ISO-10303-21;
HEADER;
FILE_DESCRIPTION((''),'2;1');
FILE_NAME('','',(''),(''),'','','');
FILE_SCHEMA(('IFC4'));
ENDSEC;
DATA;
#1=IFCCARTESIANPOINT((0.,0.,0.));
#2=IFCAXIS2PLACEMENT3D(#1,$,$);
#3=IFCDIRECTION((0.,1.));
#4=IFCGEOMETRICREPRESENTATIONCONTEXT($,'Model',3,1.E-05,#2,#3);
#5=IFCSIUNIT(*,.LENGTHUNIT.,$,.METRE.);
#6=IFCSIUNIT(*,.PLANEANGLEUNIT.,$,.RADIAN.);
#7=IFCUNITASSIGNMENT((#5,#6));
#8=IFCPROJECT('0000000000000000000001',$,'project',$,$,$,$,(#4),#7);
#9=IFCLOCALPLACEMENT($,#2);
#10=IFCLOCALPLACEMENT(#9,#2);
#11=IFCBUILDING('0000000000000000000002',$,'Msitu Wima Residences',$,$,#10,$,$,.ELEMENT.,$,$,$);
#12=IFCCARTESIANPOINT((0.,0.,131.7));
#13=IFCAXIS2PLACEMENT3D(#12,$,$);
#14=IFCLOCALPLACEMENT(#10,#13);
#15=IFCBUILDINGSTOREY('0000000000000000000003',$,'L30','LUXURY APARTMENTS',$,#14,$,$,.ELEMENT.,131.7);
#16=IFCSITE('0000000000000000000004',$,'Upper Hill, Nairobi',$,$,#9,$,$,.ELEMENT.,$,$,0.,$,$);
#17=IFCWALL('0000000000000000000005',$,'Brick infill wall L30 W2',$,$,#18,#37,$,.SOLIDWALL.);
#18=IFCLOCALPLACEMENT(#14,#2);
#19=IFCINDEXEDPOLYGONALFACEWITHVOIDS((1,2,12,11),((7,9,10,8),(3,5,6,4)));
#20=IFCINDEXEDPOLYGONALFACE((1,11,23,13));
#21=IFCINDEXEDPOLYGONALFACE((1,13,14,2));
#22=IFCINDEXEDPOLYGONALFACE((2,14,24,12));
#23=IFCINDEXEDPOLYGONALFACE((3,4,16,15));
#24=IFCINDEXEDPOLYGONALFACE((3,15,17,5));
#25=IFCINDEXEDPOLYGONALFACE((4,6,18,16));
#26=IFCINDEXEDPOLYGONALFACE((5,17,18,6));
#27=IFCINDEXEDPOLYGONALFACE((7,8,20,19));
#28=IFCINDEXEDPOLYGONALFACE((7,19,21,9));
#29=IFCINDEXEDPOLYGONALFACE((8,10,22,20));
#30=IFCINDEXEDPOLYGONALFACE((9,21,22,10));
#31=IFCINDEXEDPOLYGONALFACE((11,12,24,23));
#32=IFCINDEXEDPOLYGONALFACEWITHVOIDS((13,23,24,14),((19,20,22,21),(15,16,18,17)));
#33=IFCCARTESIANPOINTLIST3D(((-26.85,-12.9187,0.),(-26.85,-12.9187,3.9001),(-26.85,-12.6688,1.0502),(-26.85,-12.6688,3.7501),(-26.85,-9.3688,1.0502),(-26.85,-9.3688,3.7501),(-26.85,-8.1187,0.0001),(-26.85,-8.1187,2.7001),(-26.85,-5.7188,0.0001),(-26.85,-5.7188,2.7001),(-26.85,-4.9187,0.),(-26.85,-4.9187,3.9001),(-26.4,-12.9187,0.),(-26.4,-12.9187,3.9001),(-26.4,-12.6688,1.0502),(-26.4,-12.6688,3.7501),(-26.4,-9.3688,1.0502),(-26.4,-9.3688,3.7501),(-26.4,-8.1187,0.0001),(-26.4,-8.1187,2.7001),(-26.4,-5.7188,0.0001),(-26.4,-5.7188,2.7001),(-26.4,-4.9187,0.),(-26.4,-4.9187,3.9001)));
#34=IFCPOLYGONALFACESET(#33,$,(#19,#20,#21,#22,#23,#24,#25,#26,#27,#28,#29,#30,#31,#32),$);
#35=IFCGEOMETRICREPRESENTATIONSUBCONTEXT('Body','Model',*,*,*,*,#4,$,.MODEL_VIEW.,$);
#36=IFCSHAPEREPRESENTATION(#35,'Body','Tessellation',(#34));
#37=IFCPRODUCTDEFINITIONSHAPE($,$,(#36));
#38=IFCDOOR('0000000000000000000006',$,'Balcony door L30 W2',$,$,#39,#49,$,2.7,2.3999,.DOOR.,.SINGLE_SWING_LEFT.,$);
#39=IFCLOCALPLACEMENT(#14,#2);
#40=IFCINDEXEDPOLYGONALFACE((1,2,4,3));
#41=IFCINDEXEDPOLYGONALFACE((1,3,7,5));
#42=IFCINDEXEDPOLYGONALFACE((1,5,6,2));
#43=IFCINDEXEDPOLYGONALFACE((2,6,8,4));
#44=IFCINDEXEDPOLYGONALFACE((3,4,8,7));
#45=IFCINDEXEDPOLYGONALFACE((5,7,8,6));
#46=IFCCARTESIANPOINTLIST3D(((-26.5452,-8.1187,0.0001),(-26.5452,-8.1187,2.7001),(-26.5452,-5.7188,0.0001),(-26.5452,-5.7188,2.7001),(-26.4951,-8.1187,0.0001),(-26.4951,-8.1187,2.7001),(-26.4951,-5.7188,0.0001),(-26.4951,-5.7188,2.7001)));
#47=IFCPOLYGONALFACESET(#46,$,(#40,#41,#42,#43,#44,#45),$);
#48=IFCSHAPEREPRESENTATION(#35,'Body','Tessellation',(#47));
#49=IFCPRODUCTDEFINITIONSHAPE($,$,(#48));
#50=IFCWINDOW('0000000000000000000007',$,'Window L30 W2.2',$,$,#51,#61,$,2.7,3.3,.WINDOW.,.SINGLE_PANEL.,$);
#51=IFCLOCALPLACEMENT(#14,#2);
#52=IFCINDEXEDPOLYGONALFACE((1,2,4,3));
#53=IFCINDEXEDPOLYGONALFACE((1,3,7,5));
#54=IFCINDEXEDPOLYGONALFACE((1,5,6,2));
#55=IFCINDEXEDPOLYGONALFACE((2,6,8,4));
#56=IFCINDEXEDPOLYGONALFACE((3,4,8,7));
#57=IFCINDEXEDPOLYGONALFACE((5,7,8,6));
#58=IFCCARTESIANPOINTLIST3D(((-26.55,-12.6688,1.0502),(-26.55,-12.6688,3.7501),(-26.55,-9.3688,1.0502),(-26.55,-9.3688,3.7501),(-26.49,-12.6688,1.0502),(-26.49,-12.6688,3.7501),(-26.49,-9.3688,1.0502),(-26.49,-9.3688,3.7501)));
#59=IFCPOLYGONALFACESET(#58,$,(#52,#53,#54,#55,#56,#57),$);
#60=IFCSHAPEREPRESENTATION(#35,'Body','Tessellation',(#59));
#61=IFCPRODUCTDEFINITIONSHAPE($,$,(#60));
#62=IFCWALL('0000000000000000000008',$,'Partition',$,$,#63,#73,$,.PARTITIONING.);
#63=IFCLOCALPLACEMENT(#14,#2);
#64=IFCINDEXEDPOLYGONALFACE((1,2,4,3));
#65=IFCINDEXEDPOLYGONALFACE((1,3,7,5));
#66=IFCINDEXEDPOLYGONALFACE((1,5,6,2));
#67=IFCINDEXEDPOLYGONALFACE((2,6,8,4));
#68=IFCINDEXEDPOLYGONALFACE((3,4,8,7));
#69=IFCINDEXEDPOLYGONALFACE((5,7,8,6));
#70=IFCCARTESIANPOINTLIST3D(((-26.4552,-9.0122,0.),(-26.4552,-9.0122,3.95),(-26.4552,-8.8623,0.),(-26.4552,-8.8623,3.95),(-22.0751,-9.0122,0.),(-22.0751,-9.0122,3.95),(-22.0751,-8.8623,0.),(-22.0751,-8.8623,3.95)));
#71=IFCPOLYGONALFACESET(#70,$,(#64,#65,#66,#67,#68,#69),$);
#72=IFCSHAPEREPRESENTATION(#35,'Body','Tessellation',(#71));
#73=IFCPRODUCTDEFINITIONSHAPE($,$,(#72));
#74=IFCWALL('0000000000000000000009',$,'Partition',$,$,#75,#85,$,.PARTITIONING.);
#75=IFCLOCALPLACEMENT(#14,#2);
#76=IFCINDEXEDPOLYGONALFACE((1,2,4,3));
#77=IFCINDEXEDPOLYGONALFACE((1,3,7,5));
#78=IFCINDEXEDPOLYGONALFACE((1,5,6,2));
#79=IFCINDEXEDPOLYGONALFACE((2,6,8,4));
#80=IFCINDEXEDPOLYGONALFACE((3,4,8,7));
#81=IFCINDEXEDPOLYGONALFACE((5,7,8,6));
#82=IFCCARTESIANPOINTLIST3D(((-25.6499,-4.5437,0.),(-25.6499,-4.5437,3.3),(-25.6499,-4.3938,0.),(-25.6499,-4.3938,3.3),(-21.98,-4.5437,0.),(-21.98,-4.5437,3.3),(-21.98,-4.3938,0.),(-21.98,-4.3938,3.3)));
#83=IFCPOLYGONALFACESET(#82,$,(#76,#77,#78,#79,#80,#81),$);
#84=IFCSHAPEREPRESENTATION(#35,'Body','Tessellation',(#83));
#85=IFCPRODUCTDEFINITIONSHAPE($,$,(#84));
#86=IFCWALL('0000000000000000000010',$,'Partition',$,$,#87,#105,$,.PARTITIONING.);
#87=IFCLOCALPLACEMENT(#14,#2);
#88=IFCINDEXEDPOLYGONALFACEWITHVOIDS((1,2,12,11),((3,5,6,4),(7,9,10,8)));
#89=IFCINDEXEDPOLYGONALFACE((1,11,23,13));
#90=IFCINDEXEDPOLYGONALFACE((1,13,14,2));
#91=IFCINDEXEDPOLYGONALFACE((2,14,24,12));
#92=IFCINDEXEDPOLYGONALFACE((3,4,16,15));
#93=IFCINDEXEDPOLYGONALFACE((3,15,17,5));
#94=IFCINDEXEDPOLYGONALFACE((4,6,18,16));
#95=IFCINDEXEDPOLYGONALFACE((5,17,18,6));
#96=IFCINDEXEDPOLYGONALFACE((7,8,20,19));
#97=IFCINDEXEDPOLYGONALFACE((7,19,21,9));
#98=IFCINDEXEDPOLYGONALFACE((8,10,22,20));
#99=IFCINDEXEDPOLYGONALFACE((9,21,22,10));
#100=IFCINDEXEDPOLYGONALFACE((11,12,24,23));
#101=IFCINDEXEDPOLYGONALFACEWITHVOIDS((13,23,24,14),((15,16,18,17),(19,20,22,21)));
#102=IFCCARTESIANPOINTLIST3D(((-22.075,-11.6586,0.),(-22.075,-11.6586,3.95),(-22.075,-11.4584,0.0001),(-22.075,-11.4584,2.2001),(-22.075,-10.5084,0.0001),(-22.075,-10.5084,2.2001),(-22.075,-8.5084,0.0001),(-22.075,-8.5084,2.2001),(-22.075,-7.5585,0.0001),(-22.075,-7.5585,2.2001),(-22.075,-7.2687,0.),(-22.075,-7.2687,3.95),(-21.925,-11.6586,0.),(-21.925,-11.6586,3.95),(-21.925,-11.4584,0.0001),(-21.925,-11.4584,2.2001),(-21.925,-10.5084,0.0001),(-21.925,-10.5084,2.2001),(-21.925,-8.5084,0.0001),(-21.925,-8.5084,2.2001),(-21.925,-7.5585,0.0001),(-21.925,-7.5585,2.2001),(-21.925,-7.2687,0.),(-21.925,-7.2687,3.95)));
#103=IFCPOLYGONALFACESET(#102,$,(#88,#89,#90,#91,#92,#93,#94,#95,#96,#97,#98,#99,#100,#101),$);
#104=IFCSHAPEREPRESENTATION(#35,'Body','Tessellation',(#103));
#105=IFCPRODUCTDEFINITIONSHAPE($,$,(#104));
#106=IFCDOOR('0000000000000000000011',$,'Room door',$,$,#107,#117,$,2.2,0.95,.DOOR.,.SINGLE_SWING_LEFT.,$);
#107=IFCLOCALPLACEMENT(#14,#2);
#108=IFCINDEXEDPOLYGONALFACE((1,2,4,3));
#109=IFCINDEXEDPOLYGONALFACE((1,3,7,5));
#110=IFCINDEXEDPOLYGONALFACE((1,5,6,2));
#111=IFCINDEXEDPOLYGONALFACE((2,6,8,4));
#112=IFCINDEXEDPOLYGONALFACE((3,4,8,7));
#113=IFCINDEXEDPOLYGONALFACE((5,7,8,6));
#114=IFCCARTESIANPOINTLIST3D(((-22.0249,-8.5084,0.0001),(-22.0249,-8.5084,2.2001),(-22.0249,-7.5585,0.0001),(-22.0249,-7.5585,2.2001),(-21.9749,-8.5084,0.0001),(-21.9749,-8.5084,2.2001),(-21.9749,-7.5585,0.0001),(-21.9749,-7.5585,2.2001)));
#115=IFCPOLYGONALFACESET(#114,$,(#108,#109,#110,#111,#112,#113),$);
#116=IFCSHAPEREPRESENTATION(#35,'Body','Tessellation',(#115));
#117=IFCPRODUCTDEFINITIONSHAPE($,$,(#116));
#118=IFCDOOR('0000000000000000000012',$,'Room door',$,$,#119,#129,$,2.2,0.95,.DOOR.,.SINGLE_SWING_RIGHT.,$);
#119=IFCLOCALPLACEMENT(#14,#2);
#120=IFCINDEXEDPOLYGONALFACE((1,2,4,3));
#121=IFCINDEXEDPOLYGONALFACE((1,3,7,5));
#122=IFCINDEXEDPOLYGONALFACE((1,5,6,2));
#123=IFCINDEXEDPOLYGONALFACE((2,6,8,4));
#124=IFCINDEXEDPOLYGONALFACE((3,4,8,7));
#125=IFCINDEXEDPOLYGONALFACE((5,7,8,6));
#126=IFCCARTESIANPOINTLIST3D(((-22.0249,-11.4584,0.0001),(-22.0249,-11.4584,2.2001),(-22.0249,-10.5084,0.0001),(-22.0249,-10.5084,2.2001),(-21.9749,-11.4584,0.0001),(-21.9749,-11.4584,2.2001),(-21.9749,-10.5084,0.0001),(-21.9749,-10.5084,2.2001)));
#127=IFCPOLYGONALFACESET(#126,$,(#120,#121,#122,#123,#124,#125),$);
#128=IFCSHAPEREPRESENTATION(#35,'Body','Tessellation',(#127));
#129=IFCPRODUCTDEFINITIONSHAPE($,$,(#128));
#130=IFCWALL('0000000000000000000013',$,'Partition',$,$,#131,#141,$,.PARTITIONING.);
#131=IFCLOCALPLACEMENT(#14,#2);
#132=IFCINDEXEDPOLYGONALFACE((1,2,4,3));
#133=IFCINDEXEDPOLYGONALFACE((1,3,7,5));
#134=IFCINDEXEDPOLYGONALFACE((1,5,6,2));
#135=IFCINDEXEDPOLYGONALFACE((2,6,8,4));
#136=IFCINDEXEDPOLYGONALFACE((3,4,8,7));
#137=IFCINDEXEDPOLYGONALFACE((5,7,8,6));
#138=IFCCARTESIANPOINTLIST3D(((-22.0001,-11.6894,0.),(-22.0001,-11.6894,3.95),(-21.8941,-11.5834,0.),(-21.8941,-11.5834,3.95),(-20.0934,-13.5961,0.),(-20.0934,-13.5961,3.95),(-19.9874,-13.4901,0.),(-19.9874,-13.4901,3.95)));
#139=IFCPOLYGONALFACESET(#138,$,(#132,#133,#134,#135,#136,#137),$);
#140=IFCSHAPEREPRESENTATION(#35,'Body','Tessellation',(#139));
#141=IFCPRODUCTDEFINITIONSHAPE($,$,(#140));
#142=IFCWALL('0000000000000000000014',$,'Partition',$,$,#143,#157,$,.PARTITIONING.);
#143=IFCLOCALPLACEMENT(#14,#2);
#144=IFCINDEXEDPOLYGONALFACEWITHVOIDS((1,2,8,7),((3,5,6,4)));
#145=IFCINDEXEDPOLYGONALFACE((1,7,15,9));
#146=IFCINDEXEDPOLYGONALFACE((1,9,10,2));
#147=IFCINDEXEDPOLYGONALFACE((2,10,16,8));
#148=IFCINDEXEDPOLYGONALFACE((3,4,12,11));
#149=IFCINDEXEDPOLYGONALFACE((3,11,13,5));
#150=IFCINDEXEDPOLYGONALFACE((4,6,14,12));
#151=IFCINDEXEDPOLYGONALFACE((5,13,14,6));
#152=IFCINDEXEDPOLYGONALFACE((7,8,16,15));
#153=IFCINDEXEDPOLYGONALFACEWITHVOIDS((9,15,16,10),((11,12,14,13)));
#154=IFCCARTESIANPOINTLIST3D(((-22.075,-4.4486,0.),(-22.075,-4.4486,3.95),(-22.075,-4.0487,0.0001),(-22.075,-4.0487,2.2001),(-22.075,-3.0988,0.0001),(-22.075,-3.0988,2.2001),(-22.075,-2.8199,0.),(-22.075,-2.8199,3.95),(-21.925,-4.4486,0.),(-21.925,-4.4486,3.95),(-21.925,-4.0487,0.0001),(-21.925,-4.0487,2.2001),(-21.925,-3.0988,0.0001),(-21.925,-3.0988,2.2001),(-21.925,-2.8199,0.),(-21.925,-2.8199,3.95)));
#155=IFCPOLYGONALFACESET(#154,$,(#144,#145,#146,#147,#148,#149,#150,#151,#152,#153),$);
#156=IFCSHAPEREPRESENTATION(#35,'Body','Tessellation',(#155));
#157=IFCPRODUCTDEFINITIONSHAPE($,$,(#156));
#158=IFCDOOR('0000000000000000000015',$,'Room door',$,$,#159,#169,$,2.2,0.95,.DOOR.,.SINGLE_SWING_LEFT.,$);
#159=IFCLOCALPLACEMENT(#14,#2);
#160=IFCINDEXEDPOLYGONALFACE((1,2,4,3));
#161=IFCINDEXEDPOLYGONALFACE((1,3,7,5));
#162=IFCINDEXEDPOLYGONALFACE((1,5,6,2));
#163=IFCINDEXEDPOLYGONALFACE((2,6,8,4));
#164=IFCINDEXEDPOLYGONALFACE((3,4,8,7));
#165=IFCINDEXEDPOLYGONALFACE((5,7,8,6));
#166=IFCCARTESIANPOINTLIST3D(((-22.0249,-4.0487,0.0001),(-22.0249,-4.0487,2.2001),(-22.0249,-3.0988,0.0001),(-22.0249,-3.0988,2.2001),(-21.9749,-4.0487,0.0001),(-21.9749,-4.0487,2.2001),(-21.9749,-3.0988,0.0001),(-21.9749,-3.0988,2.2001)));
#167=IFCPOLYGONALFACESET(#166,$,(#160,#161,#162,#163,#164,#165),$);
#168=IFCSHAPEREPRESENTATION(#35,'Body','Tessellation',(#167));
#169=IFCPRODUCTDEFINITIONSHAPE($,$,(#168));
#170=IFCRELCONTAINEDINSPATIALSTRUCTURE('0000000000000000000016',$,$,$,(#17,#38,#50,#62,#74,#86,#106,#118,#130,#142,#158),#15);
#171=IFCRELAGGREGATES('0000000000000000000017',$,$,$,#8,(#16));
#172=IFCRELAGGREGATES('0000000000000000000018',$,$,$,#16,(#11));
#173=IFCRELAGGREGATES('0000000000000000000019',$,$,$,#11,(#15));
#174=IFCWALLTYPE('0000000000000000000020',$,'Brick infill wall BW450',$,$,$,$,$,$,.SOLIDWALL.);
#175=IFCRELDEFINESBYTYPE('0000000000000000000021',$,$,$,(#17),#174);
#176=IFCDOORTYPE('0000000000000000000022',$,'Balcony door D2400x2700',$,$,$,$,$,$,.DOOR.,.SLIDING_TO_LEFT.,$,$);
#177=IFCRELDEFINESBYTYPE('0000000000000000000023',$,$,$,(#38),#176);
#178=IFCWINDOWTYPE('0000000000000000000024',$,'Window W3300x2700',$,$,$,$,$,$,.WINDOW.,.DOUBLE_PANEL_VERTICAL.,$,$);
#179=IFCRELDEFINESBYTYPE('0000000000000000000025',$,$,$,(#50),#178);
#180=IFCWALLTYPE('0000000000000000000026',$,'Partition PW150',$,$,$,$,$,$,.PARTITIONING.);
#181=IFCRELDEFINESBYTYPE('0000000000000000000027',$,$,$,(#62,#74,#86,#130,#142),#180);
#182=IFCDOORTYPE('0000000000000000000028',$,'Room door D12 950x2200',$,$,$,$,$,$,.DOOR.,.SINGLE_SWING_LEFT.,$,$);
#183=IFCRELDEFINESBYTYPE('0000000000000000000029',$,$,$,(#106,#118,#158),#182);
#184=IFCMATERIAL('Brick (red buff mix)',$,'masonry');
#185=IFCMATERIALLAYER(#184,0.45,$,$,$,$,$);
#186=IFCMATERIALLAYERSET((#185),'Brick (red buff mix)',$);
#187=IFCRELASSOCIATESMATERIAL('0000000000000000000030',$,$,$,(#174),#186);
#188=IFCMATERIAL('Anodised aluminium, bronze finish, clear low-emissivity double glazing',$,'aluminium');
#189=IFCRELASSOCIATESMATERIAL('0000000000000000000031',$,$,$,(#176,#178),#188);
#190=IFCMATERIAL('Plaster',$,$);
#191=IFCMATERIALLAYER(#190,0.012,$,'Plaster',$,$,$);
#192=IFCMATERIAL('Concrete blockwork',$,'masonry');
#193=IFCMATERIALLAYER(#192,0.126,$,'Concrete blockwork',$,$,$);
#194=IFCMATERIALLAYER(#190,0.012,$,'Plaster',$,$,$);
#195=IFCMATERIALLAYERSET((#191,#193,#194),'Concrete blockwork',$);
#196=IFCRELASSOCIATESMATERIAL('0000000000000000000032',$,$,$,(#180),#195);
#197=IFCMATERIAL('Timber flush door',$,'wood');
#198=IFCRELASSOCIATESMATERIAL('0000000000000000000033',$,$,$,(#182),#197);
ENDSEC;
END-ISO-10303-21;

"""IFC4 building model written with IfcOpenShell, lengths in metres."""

from ifc_helpers import new_model, si_unit, direction, frame, frame_2d, origin, place, context, subcontext, project, spatial, rectangle, extrude, material, layer, layer_set, type_object, element, fill, save


model = new_model("IFC4")

# Units and contexts
model_context = context("Model", 3, precision=1e-05, world=origin(), true_north=direction((0.0, 1.0)))
body_context = subcontext(model_context, "Body", "Model", "MODEL_VIEW")
ifc_project = project(units=[si_unit("LENGTHUNIT", "METRE"), si_unit("PLANEANGLEUNIT", "RADIAN")], contexts=[model_context])

# Site, building, storey
site_placement = place(None, origin())
site = spatial("IfcSite", under=ifc_project, at=site_placement, Name="Upper Hill, Nairobi", CompositionType="ELEMENT", RefElevation=0.0)
building_placement = place(site_placement, origin())
building = spatial("IfcBuilding", under=site, at=building_placement, Name="Msitu Wima Residences", CompositionType="ELEMENT")
storey_placement = place(building_placement, frame((0.0, 0.0, 131.7)))
storey = spatial("IfcBuildingStorey", under=building, at=storey_placement, Name="L30", Description="LUXURY APARTMENTS", CompositionType="ELEMENT", Elevation=131.7)

# Wall, openings, door, window
ifc_material_1 = material(Name="Brick (red buff mix)", Category="masonry")
ifc_layer_1 = layer(ifc_material_1, 0.45)
ifc_layer_set_1 = layer_set([ifc_layer_1], Name="Brick (red buff mix)")
wall_type_1 = type_object("IfcWallType", Name="Brick infill wall BW450", PredefinedType="SOLIDWALL", material=ifc_layer_set_1)
wall_1_placement = place(storey_placement, frame((-26.625, -4.9187, 0.0), z_axis=(0.0, 0.0, 1.0), x_axis=(0.0, -1.0, 0.0)))
wall_1 = element("IfcWall", 1, at=wall_1_placement, inside=storey, type_object=wall_type_1, Name="Brick infill wall L30 W2", PredefinedType="SOLIDWALL", context=body_context, shape_type="SweptSolid", body=[
    extrude(rectangle(XDim=8.0, YDim=0.45, at=frame_2d((4.0, 0.0))), origin(), (0.0, 0.0, 1.0), 3.9001),
])
opening_1_placement = place(wall_1_placement, frame((0.8, 0.0, 0.0)))
opening_1 = element("IfcOpeningElement", 2, at=opening_1_placement, cuts=wall_1, PredefinedType="OPENING", context=body_context, shape_type="SweptSolid", body=[
    extrude(rectangle(XDim=2.3999, YDim=2.7, at=frame_2d((1.2, 1.3501))), frame((0.0, 0.2349, 0.0), z_axis=(0.0, -1.0, 0.0), x_axis=(1.0, 0.0, 0.0)), (0.0, 0.0, 1.0), 0.47),
])
opening_2_placement = place(wall_1_placement, frame((4.4502, 0.0, 1.05)))
opening_2 = element("IfcOpeningElement", 3, at=opening_2_placement, cuts=wall_1, PredefinedType="OPENING", context=body_context, shape_type="SweptSolid", body=[
    extrude(rectangle(XDim=3.3, YDim=2.7, at=frame_2d((1.6499, 1.3501))), frame((0.0, 0.2349, 0.0), z_axis=(0.0, -1.0, 0.0), x_axis=(1.0, 0.0, 0.0)), (0.0, 0.0, 1.0), 0.47),
])
ifc_material_2 = material(Name="Anodised aluminium, bronze finish, clear low-emissivity double glazing", Category="aluminium")
door_type_1 = type_object("IfcDoorType", Name="Balcony door D2400x2700", OperationType="SLIDING_TO_LEFT", PredefinedType="DOOR", material=ifc_material_2)
door_1_placement = place(opening_1_placement, origin())
door_1 = element("IfcDoor", 4, at=door_1_placement, inside=storey, type_object=door_type_1, Name="Balcony door L30 W2", OperationType="SINGLE_SWING_LEFT", OverallHeight=2.7, OverallWidth=2.3999, PredefinedType="DOOR", context=body_context, shape_type="SweptSolid", body=[
    extrude(rectangle(XDim=2.3999, YDim=2.7, at=frame_2d((1.2, 1.3501))), frame((0.0, 0.1299, 0.0), z_axis=(0.0, -1.0, 0.0), x_axis=(1.0, 0.0, 0.0)), (0.0, 0.0, 1.0), 0.05),
])
fill(opening_1, door_1)
window_type = type_object("IfcWindowType", Name="Window W3300x2700", PartitioningType="DOUBLE_PANEL_VERTICAL", PredefinedType="WINDOW", material=ifc_material_2)
window_placement = place(opening_2_placement, origin())
window = element("IfcWindow", 5, at=window_placement, inside=storey, type_object=window_type, Name="Window L30 W2.2", OverallHeight=2.7, OverallWidth=3.3, PartitioningType="SINGLE_PANEL", PredefinedType="WINDOW", context=body_context, shape_type="SweptSolid", body=[
    extrude(rectangle(XDim=3.3, YDim=2.7, at=frame_2d((1.6499, 1.3501))), frame((0.0, 0.135, 0.0), z_axis=(0.0, -1.0, 0.0), x_axis=(1.0, 0.0, 0.0)), (0.0, 0.0, 1.0), 0.0601),
])
fill(opening_2, window)

# Walls
ifc_material_3 = material(Name="Plaster")
ifc_layer_2 = layer(ifc_material_3, 0.012, Name="Plaster")
ifc_material_4 = material(Name="Concrete blockwork", Category="masonry")
ifc_layer_3 = layer(ifc_material_4, 0.126, Name="Concrete blockwork")
ifc_layer_4 = layer(ifc_material_3, 0.012, Name="Plaster")
ifc_layer_set_2 = layer_set([ifc_layer_2, ifc_layer_3, ifc_layer_4], Name="Concrete blockwork")
wall_type_2 = type_object("IfcWallType", Name="Partition PW150", PredefinedType="PARTITIONING", material=ifc_layer_set_2)
wall_2_placement = place(storey_placement, frame((-26.4551, -8.9373, 0.0), z_axis=(0.0, 0.0, 1.0), x_axis=(1.0, 0.0, 0.0)))
element("IfcWall", 6, at=wall_2_placement, inside=storey, type_object=wall_type_2, Name="Partition", PredefinedType="PARTITIONING", context=body_context, shape_type="SweptSolid", body=[
    extrude(rectangle(XDim=4.3801, YDim=0.1499, at=frame_2d((2.1899, 0.0))), origin(), (0.0, 0.0, 1.0), 3.95),
])
wall_3_placement = place(storey_placement, frame((-25.6499, -4.4688, 0.0), z_axis=(0.0, 0.0, 1.0), x_axis=(1.0, 0.0, 0.0)))
element("IfcWall", 7, at=wall_3_placement, inside=storey, type_object=wall_type_2, Name="Partition", PredefinedType="PARTITIONING", context=body_context, shape_type="SweptSolid", body=[
    extrude(rectangle(XDim=3.6699, YDim=0.1499, at=frame_2d((1.835, 0.0))), origin(), (0.0, 0.0, 1.0), 3.3),
])

# Wall, openings, doors
wall_4_placement = place(storey_placement, frame((-22.0, -11.6584, 0.0), z_axis=(0.0, 0.0, 1.0), x_axis=(0.0, 1.0, 0.0)))
wall_4 = element("IfcWall", 8, at=wall_4_placement, inside=storey, type_object=wall_type_2, Name="Partition", PredefinedType="PARTITIONING", context=body_context, shape_type="SweptSolid", body=[
    extrude(rectangle(XDim=4.3899, YDim=0.1499, at=frame_2d((2.1948, 0.0))), origin(), (0.0, 0.0, 1.0), 3.95),
])
opening_3_placement = place(wall_4_placement, frame((3.1499, 0.0, 0.0)))
opening_3 = element("IfcOpeningElement", 9, at=opening_3_placement, cuts=wall_4, PredefinedType="OPENING", context=body_context, shape_type="SweptSolid", body=[
    extrude(rectangle(XDim=0.95, YDim=2.2, at=frame_2d((0.4751, 1.1001))), frame((0.0, 0.085, 0.0), z_axis=(0.0, -1.0, 0.0), x_axis=(1.0, 0.0, 0.0)), (0.0, 0.0, 1.0), 0.1699),
])
opening_4_placement = place(wall_4_placement, frame((0.2, 0.0, 0.0)))
opening_4 = element("IfcOpeningElement", 10, at=opening_4_placement, cuts=wall_4, PredefinedType="OPENING", context=body_context, shape_type="SweptSolid", body=[
    extrude(rectangle(XDim=0.95, YDim=2.2, at=frame_2d((0.4751, 1.1001))), frame((0.0, 0.085, 0.0), z_axis=(0.0, -1.0, 0.0), x_axis=(1.0, 0.0, 0.0)), (0.0, 0.0, 1.0), 0.1699),
])
ifc_material_5 = material(Name="Timber flush door", Category="wood")
door_type_2 = type_object("IfcDoorType", Name="Room door D12 950x2200", OperationType="SINGLE_SWING_LEFT", PredefinedType="DOOR", material=ifc_material_5)
door_2_placement = place(opening_3_placement, origin())
door_2 = element("IfcDoor", 11, at=door_2_placement, inside=storey, type_object=door_type_2, Name="Room door", OperationType="SINGLE_SWING_LEFT", OverallHeight=2.2, OverallWidth=0.95, PredefinedType="DOOR", context=body_context, shape_type="SweptSolid", body=[
    extrude(rectangle(XDim=0.95, YDim=2.2, at=frame_2d((0.4751, 1.1001))), frame((0.0, 0.0249, 0.0), z_axis=(0.0, -1.0, 0.0), x_axis=(1.0, 0.0, 0.0)), (0.0, 0.0, 1.0), 0.05),
])
fill(opening_3, door_2)
door_3_placement = place(opening_4_placement, origin())
door_3 = element("IfcDoor", 12, at=door_3_placement, inside=storey, type_object=door_type_2, Name="Room door", OperationType="SINGLE_SWING_RIGHT", OverallHeight=2.2, OverallWidth=0.95, PredefinedType="DOOR", context=body_context, shape_type="SweptSolid", body=[
    extrude(rectangle(XDim=0.95, YDim=2.2, at=frame_2d((0.4751, 1.1001))), frame((0.0, 0.0249, 0.0), z_axis=(0.0, -1.0, 0.0), x_axis=(1.0, 0.0, 0.0)), (0.0, 0.0, 1.0), 0.05),
])
fill(opening_4, door_3)

# Wall
wall_5_placement = place(storey_placement, frame((-21.947, -11.6365, 0.0), z_axis=(0.0, 0.0, 1.0), x_axis=(0.707107, -0.707107, 0.0)))
element("IfcWall", 13, at=wall_5_placement, inside=storey, type_object=wall_type_2, Name="Partition", PredefinedType="PARTITIONING", context=body_context, shape_type="SweptSolid", body=[
    extrude(rectangle(XDim=2.6965, YDim=0.1499, at=frame_2d((1.3481, 0.0))), origin(), (0.0, 0.0, 1.0), 3.95),
])

# Wall, opening, door
wall_6_placement = place(storey_placement, frame((-22.0, -4.4487, 0.0), z_axis=(0.0, 0.0, 1.0), x_axis=(0.0, 1.0, 0.0)))
wall_6 = element("IfcWall", 14, at=wall_6_placement, inside=storey, type_object=wall_type_2, Name="Partition", PredefinedType="PARTITIONING", context=body_context, shape_type="SweptSolid", body=[
    extrude(rectangle(XDim=1.6287, YDim=0.1499, at=frame_2d((0.8145, 0.0))), origin(), (0.0, 0.0, 1.0), 3.95),
])
opening_5_placement = place(wall_6_placement, frame((0.3999, 0.0, 0.0)))
opening_5 = element("IfcOpeningElement", 15, at=opening_5_placement, cuts=wall_6, PredefinedType="OPENING", context=body_context, shape_type="SweptSolid", body=[
    extrude(rectangle(XDim=0.95, YDim=2.2, at=frame_2d((0.4751, 1.1001))), frame((0.0, 0.085, 0.0), z_axis=(0.0, -1.0, 0.0), x_axis=(1.0, 0.0, 0.0)), (0.0, 0.0, 1.0), 0.1699),
])
door_4_placement = place(opening_5_placement, origin())
door_4 = element("IfcDoor", 16, at=door_4_placement, inside=storey, type_object=door_type_2, Name="Room door", OperationType="SINGLE_SWING_LEFT", OverallHeight=2.2, OverallWidth=0.95, PredefinedType="DOOR", context=body_context, shape_type="SweptSolid", body=[
    extrude(rectangle(XDim=0.95, YDim=2.2, at=frame_2d((0.4751, 1.1001))), frame((0.0, 0.0249, 0.0), z_axis=(0.0, -1.0, 0.0), x_axis=(1.0, 0.0, 0.0)), (0.0, 0.0, 1.0), 0.05),
])
fill(opening_5, door_4)

save(model, "model.ifc")
